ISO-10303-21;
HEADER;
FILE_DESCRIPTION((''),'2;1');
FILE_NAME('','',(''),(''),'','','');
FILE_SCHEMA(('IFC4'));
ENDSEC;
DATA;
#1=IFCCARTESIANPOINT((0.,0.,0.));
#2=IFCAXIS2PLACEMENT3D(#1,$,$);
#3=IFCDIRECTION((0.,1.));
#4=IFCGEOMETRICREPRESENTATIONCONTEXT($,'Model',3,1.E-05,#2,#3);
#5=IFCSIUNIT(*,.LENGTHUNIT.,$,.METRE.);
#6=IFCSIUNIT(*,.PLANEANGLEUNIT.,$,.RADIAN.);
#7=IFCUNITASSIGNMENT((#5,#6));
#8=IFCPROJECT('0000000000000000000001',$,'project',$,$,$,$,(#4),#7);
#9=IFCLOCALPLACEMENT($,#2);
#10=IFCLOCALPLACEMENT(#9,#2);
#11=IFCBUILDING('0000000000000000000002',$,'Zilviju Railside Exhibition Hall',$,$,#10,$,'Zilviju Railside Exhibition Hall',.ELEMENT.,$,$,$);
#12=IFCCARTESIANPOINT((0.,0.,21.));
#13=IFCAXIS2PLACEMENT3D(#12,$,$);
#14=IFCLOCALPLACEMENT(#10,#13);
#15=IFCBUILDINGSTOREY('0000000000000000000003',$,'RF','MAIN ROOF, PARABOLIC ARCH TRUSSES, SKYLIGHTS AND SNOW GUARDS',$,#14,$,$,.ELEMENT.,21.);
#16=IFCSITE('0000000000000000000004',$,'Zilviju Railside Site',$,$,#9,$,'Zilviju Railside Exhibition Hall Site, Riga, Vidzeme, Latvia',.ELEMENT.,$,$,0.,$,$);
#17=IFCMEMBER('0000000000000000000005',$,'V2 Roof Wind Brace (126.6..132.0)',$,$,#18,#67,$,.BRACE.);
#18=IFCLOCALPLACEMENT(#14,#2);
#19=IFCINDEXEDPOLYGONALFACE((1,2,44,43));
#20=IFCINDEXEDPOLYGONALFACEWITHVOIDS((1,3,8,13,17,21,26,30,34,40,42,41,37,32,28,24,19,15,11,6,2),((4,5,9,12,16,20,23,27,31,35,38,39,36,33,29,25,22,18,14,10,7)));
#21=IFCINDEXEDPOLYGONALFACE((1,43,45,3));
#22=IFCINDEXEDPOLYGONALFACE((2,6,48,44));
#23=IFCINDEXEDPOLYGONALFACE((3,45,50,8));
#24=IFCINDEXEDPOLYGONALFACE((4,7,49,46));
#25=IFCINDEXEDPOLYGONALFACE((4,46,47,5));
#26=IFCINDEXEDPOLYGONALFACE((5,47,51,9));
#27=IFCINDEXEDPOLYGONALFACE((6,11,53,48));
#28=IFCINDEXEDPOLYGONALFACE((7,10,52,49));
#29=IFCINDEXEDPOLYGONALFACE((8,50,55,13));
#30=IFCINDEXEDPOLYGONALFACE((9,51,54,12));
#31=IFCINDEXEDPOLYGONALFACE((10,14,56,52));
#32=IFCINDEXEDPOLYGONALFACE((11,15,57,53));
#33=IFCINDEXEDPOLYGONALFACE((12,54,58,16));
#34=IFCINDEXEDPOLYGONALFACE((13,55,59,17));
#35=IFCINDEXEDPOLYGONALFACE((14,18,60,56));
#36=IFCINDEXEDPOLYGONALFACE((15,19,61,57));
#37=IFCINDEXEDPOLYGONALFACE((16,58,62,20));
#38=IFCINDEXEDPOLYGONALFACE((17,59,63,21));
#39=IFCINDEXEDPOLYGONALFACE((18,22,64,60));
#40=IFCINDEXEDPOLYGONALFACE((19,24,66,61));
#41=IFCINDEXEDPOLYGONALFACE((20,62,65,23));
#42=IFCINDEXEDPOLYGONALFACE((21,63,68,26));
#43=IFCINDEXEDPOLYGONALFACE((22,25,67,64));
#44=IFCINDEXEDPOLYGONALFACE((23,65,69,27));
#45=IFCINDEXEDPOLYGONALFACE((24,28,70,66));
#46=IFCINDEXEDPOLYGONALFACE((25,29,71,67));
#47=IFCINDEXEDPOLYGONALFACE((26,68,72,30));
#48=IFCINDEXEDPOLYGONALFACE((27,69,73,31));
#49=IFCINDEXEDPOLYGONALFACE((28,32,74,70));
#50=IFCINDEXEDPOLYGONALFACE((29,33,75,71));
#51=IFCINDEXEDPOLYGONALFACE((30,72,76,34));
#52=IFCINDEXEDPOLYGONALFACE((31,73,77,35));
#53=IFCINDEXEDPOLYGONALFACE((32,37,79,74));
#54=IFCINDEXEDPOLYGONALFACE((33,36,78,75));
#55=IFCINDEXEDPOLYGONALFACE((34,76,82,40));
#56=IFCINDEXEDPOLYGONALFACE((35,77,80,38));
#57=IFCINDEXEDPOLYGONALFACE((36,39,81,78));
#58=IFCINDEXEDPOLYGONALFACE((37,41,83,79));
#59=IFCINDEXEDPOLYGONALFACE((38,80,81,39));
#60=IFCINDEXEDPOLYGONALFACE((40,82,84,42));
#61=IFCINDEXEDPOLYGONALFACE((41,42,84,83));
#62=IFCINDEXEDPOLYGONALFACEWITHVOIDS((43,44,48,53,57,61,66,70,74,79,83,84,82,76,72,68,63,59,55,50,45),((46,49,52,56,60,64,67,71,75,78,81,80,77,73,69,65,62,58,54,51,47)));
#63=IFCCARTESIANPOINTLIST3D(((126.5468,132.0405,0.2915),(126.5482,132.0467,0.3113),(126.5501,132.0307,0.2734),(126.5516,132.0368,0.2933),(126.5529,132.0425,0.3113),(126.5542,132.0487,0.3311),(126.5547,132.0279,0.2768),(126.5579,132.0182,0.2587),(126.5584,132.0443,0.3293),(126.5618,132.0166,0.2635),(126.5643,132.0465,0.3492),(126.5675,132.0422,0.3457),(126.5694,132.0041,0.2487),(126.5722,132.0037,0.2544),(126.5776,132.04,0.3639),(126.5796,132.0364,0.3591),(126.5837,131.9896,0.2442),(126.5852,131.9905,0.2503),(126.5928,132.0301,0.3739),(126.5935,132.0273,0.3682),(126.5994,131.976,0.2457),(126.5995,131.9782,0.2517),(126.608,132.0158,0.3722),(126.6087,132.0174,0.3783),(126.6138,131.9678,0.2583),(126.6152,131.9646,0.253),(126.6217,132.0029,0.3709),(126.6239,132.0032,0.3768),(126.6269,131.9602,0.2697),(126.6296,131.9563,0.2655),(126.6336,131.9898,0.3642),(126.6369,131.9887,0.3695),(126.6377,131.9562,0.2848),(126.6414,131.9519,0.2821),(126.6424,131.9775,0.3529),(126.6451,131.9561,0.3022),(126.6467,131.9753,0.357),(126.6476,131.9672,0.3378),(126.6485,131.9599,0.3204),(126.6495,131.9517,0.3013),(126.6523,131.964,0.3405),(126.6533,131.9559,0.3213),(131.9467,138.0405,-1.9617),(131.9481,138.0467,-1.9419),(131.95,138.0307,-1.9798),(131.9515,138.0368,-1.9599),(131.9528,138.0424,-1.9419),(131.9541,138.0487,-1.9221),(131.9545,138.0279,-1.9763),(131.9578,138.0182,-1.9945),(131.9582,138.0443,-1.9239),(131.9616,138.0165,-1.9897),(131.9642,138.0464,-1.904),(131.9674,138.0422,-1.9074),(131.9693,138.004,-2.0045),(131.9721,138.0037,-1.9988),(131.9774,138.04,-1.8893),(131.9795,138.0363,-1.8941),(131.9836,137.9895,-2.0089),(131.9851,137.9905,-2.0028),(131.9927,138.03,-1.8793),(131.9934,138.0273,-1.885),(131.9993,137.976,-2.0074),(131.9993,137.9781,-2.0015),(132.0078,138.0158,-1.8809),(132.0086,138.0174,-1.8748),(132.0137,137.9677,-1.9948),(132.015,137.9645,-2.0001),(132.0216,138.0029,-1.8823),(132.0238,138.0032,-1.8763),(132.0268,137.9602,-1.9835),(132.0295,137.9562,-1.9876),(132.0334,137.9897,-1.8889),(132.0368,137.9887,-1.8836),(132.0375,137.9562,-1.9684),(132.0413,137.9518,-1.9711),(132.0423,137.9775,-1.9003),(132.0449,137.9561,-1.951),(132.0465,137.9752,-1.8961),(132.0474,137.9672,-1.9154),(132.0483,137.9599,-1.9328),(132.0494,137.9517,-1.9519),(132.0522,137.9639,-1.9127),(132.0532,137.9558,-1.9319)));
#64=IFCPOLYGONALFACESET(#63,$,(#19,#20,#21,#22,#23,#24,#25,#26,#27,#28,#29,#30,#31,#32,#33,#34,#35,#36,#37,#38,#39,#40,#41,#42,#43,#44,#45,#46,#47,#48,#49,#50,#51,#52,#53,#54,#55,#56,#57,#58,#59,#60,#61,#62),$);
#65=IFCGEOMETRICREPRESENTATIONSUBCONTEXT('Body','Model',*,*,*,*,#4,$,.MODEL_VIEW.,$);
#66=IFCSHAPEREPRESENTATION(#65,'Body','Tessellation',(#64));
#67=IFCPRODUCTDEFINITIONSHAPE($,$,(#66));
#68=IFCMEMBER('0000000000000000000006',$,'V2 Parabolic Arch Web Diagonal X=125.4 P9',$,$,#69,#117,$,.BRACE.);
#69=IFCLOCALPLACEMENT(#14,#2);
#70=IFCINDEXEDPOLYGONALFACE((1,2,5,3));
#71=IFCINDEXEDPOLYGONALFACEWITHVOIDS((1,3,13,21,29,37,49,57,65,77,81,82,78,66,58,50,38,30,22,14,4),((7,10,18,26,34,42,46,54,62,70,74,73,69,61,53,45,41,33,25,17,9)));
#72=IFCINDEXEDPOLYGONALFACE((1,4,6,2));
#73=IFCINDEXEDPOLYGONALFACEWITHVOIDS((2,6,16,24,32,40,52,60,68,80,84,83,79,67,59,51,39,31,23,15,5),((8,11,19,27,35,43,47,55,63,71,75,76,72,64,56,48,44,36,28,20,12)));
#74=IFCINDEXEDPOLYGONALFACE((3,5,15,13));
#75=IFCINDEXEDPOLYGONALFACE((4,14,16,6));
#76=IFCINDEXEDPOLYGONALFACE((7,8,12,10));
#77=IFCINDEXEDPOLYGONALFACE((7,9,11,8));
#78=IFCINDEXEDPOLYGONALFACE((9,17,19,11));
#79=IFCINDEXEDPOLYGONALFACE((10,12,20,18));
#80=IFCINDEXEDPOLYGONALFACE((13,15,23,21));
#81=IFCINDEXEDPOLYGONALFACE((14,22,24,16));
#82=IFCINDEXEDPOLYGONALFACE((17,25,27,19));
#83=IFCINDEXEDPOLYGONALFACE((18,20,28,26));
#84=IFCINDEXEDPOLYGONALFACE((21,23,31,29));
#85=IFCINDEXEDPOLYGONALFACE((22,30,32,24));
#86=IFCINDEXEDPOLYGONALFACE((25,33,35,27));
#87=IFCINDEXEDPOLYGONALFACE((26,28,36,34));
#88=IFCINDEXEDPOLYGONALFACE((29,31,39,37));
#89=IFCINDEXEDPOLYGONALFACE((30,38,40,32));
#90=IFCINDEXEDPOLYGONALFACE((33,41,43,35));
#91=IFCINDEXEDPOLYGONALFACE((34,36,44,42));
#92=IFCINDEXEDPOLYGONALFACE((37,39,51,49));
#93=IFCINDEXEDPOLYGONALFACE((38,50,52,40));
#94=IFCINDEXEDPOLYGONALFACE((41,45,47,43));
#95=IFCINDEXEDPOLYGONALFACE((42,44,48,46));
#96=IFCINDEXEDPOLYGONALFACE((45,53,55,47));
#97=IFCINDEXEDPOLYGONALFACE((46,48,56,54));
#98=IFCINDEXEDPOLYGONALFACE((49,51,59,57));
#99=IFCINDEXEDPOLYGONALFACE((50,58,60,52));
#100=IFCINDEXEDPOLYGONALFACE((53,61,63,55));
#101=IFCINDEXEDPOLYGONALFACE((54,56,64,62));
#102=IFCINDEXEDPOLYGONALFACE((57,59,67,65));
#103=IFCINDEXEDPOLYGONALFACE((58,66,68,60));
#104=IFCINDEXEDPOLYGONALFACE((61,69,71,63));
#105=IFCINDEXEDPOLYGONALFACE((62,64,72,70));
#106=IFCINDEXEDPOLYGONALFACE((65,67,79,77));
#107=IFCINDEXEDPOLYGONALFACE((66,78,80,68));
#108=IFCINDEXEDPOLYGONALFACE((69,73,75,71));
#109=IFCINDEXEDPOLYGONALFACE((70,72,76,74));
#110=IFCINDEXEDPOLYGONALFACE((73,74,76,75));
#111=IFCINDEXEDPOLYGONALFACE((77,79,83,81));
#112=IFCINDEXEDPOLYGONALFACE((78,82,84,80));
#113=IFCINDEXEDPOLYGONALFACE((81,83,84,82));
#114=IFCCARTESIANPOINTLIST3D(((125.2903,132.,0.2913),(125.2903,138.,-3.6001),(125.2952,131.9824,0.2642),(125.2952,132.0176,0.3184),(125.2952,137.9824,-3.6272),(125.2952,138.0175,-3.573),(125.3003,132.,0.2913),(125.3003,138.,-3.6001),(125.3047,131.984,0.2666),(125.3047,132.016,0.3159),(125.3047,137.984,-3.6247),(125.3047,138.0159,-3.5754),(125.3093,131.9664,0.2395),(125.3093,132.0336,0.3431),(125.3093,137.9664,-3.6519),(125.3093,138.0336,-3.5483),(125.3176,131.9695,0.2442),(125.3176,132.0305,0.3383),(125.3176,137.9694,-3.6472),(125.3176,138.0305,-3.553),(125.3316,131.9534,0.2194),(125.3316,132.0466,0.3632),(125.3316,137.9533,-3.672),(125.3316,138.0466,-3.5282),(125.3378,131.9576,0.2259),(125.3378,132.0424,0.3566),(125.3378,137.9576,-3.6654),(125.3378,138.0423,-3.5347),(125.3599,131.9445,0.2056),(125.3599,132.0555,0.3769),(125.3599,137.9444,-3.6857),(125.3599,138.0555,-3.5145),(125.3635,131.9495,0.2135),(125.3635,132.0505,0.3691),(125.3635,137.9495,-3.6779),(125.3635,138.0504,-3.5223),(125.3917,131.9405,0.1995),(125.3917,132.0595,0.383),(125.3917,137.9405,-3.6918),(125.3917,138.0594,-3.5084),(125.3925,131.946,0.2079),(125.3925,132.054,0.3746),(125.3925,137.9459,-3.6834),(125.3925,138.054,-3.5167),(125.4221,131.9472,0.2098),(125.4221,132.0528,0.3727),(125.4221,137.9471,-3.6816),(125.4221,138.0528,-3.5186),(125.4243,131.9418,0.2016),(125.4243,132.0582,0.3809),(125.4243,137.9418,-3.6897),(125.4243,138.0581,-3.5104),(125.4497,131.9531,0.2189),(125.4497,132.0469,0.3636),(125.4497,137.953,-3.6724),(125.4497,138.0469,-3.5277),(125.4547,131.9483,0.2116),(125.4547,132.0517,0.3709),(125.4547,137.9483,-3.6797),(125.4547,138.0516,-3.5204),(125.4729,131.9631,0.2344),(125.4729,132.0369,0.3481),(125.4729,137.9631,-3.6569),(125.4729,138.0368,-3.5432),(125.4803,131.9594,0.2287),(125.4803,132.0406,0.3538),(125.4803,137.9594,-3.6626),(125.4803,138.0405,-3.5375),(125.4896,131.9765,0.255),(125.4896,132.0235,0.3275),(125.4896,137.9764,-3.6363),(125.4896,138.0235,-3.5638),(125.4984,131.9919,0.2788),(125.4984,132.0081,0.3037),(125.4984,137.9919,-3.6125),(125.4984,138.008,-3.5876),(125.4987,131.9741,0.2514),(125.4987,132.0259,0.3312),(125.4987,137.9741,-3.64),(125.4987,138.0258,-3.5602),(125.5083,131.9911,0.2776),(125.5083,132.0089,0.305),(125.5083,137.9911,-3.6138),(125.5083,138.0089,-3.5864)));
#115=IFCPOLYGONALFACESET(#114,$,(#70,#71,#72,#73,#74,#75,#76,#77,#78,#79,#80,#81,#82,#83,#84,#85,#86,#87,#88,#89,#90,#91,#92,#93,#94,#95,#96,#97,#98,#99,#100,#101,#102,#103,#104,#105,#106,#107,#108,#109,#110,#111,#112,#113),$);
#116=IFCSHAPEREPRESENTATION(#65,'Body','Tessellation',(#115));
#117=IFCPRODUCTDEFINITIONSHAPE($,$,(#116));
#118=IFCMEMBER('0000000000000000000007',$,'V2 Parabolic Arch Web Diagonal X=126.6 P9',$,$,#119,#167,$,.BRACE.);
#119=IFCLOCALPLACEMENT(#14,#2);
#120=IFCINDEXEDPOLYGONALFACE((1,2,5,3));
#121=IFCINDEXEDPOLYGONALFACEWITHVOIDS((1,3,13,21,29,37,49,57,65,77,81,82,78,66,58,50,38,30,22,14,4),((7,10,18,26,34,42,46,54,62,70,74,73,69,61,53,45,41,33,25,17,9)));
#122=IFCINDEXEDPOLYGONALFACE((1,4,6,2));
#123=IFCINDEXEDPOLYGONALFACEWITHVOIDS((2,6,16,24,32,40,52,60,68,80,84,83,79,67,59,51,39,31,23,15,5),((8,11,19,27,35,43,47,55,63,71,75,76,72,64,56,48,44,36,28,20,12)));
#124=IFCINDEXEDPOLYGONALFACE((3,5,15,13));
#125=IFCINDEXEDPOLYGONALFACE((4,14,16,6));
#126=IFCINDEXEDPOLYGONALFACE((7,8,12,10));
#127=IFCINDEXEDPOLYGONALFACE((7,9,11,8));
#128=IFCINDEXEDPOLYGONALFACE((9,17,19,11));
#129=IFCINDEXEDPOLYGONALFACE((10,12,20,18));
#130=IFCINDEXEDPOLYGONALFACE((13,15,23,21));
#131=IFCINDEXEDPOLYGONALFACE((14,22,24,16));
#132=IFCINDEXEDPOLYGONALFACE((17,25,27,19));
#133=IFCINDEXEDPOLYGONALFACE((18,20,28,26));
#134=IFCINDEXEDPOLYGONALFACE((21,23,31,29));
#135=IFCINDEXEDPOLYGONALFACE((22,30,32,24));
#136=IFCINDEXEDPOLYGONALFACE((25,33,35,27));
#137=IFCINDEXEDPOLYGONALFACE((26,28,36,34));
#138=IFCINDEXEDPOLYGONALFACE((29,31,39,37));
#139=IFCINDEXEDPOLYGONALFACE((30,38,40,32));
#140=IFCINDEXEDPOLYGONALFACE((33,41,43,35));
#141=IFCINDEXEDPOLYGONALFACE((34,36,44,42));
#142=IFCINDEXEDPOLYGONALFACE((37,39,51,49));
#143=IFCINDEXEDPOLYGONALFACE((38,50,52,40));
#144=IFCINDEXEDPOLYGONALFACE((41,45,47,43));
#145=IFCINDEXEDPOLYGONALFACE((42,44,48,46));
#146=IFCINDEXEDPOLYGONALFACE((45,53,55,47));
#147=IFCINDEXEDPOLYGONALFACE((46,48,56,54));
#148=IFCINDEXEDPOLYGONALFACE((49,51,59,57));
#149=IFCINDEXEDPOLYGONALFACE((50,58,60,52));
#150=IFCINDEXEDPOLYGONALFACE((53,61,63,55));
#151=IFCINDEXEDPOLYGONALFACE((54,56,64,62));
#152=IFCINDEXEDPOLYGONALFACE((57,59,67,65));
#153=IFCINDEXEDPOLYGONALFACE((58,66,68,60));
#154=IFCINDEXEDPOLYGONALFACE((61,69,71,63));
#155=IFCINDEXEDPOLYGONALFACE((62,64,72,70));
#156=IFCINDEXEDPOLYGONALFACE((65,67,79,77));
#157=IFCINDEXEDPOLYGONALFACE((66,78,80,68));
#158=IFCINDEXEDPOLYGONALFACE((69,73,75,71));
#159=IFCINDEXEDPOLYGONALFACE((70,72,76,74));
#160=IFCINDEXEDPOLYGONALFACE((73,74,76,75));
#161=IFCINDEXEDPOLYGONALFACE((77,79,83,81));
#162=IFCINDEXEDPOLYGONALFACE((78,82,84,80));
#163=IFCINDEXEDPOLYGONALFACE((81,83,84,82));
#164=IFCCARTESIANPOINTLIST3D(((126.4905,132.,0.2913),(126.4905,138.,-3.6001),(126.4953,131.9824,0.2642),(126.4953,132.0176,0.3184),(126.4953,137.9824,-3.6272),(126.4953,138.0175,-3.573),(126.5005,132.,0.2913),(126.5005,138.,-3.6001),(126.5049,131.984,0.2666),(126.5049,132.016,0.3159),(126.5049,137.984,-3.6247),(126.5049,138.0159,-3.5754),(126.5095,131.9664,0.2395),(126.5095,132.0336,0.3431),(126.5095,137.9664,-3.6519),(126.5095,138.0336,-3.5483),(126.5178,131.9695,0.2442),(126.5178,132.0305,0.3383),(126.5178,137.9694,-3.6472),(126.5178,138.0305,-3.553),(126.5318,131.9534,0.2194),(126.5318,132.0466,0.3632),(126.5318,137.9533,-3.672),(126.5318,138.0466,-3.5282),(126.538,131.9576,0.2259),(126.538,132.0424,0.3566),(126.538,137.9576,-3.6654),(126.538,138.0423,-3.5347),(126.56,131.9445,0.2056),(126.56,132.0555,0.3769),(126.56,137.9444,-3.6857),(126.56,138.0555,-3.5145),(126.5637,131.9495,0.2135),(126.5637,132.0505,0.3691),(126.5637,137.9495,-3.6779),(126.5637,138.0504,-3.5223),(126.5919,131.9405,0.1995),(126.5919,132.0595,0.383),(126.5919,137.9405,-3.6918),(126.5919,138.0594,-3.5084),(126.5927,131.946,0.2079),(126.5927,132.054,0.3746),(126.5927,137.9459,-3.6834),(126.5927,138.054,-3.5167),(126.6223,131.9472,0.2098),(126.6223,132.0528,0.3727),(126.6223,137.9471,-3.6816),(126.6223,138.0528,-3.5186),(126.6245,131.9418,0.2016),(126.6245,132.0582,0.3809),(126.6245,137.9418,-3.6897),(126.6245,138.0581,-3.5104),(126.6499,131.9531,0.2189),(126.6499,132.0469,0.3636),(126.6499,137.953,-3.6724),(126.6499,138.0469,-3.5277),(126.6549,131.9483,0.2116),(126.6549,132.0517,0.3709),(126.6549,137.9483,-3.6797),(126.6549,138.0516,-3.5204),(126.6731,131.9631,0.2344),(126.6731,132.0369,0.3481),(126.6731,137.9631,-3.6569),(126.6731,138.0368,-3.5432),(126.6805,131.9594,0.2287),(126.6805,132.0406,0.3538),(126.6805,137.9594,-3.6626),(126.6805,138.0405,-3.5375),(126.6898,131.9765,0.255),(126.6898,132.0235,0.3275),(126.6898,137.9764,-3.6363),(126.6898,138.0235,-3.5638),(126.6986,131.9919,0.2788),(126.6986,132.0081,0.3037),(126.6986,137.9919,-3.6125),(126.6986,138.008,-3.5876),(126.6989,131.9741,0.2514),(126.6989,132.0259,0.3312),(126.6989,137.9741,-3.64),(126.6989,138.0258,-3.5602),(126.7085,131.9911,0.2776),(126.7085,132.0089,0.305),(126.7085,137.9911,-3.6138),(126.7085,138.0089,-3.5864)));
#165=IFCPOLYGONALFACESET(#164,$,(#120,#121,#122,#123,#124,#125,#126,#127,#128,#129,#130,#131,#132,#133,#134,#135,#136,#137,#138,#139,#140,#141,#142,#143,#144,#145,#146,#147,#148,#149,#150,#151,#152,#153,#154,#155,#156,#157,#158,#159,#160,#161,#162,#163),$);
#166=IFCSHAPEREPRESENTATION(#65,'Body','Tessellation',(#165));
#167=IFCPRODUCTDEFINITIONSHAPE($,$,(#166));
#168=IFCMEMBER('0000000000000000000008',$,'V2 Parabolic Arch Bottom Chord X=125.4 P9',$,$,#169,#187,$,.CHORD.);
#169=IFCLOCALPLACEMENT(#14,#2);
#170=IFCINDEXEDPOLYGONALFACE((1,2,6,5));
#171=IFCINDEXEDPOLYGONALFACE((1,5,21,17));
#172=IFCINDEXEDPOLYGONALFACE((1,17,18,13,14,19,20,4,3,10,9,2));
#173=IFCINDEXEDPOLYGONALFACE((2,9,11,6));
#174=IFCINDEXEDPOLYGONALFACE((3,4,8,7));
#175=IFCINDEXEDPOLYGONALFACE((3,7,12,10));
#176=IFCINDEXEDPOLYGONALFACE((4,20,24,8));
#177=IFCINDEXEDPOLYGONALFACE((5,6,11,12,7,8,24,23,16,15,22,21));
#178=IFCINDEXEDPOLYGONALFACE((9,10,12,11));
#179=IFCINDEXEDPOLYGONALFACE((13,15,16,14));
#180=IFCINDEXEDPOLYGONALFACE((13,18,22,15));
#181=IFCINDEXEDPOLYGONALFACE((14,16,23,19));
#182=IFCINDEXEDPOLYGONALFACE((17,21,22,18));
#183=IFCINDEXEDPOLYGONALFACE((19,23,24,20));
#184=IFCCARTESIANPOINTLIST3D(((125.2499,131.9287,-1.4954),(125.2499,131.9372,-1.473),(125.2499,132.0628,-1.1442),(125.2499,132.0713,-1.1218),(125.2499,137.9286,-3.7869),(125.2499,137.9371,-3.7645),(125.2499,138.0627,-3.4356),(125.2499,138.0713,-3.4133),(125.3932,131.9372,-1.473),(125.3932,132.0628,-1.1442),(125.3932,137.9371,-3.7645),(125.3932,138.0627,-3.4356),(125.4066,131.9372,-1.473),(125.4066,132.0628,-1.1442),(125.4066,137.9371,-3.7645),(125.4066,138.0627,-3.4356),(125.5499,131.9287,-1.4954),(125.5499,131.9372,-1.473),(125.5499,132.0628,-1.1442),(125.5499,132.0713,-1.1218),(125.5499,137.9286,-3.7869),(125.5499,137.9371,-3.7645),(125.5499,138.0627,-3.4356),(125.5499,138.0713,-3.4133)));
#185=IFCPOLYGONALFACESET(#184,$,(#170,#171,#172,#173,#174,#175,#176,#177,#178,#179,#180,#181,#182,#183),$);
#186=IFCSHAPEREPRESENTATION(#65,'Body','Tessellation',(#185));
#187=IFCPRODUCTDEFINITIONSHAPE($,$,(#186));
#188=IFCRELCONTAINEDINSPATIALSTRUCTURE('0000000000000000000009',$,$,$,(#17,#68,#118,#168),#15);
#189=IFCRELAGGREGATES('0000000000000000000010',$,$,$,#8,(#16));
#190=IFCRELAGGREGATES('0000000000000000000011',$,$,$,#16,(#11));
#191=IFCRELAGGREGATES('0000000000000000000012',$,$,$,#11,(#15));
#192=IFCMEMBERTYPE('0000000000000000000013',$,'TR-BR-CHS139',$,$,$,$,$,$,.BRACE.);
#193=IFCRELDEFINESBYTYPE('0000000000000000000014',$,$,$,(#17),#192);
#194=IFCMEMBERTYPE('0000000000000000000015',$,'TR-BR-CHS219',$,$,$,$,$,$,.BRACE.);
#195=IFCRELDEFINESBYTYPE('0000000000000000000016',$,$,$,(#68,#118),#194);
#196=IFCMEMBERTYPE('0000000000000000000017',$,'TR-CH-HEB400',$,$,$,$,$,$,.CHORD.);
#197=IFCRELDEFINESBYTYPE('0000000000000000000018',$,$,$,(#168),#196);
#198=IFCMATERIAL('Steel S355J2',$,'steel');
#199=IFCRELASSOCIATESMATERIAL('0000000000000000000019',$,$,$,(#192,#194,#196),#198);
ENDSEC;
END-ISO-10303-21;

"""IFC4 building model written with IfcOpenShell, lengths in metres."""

from ifc_helpers import new_model, si_unit, direction, frame, origin, origin_2d, place, context, subcontext, project, spatial, hollow_circle, i_section, extrude, material, material_profile, profile_set, type_object, element, save


model = new_model("IFC4")

# Units and contexts
model_context = context("Model", 3, precision=1e-05, world=origin(), true_north=direction((0.0, 1.0)))
body_context = subcontext(model_context, "Body", "Model", "MODEL_VIEW")
ifc_project = project(units=[si_unit("LENGTHUNIT", "METRE"), si_unit("PLANEANGLEUNIT", "RADIAN")], contexts=[model_context])

# Site, building, storey
site_placement = place(None, origin())
site = spatial("IfcSite", under=ifc_project, at=site_placement, Name="Zilviju Railside Site", LongName="Zilviju Railside Exhibition Hall Site, Riga, Vidzeme, Latvia", CompositionType="ELEMENT", RefElevation=0.0)
building_placement = place(site_placement, origin())
building = spatial("IfcBuilding", under=site, at=building_placement, Name="Zilviju Railside Exhibition Hall", LongName="Zilviju Railside Exhibition Hall", CompositionType="ELEMENT")
storey_placement = place(building_placement, frame((0.0, 0.0, 21.0)))
storey = spatial("IfcBuildingStorey", under=building, at=storey_placement, Name="RF", Description="MAIN ROOF, PARABOLIC ARCH TRUSSES, SKYLIGHTS AND SNOW GUARDS", CompositionType="ELEMENT", Elevation=21.0)

# Shared definitions
ifc_material_1 = material(Name="Steel S355J2", Category="steel")

# Members
ifc_material_profile_1 = material_profile(ifc_material_1, hollow_circle(Radius=0.0698, WallThickness=0.0063, at=origin_2d()), Name="CHS 139.7x6.3")
ifc_profile_set_1 = profile_set([ifc_material_profile_1], Name="Steel S355J2")
member_type_1 = type_object("IfcMemberType", Name="TR-BR-CHS139", PredefinedType="BRACE", material=ifc_profile_set_1)
member_1_placement = place(storey_placement, frame((126.6001, 132.0, 0.3113), z_axis=(0.644328, 0.715933, -0.268853), x_axis=(-0.7433, 0.668958, 0.0)))
element("IfcMember", 1, at=member_1_placement, inside=storey, type_object=member_type_1, Name="V2 Roof Wind Brace (126.6..132.0)", PredefinedType="BRACE", context=body_context, shape_type="SweptSolid", body=[
    extrude(hollow_circle(Radius=0.0698, WallThickness=0.0063, at=origin_2d()), origin(), (0.0, 0.0, 1.0), 8.3806),
])
ifc_material_profile_2 = material_profile(ifc_material_1, hollow_circle(Radius=0.1096, WallThickness=0.01, at=origin_2d()), Name="CHS 219.1x10.0")
ifc_profile_set_2 = profile_set([ifc_material_profile_2], Name="Steel S355J2")
member_type_2 = type_object("IfcMemberType", Name="TR-BR-CHS219", PredefinedType="BRACE", material=ifc_profile_set_2)
for number, where, z_axis, x_axis, name in (
    (2, (125.3999, 132.0, 0.2913), (0.0, 0.838995, -0.544139), (-1.0, 0.0, 0.0), "V2 Parabolic Arch Web Diagonal X=125.4 P9"),
    (3, (126.6001, 132.0, 0.2913), (0.0, 0.838995, -0.544139), (-1.0, 0.0, 0.0), "V2 Parabolic Arch Web Diagonal X=126.6 P9"),
):
    element("IfcMember", number, at=place(storey_placement, frame(where, z_axis=z_axis, x_axis=x_axis)), inside=storey, type_object=member_type_2, Name=name, PredefinedType="BRACE", context=body_context, shape_type="SweptSolid", body=[
        extrude(hollow_circle(Radius=0.1096, WallThickness=0.01, at=origin_2d()), origin(), (0.0, 0.0, 1.0), 7.1514),
    ])
ifc_material_profile_3 = material_profile(ifc_material_1, i_section(OverallWidth=0.3, OverallDepth=0.3999, WebThickness=0.0134, FlangeThickness=0.0239, at=origin_2d()), Name="HEB 400")
ifc_profile_set_3 = profile_set([ifc_material_profile_3], Name="Steel S355J2")
member_type_3 = type_object("IfcMemberType", Name="TR-CH-HEB400", PredefinedType="CHORD", material=ifc_profile_set_3)
for number, where, z_axis, x_axis, name in (
    (4, (125.3999, 132.0, -1.3086), (0.0, 0.934188, -0.356782), (-1.0, 0.0, 0.0), "V2 Parabolic Arch Bottom Chord X=125.4 P9"),
):
    element("IfcMember", number, at=place(storey_placement, frame(where, z_axis=z_axis, x_axis=x_axis)), inside=storey, type_object=member_type_3, Name=name, PredefinedType="CHORD", context=body_context, shape_type="SweptSolid", body=[
        extrude(i_section(OverallWidth=0.3, OverallDepth=0.3999, WebThickness=0.0134, FlangeThickness=0.0239, at=origin_2d()), origin(), (0.0, 0.0, 1.0), 6.4226),
    ])

save(model, "model.ifc")
